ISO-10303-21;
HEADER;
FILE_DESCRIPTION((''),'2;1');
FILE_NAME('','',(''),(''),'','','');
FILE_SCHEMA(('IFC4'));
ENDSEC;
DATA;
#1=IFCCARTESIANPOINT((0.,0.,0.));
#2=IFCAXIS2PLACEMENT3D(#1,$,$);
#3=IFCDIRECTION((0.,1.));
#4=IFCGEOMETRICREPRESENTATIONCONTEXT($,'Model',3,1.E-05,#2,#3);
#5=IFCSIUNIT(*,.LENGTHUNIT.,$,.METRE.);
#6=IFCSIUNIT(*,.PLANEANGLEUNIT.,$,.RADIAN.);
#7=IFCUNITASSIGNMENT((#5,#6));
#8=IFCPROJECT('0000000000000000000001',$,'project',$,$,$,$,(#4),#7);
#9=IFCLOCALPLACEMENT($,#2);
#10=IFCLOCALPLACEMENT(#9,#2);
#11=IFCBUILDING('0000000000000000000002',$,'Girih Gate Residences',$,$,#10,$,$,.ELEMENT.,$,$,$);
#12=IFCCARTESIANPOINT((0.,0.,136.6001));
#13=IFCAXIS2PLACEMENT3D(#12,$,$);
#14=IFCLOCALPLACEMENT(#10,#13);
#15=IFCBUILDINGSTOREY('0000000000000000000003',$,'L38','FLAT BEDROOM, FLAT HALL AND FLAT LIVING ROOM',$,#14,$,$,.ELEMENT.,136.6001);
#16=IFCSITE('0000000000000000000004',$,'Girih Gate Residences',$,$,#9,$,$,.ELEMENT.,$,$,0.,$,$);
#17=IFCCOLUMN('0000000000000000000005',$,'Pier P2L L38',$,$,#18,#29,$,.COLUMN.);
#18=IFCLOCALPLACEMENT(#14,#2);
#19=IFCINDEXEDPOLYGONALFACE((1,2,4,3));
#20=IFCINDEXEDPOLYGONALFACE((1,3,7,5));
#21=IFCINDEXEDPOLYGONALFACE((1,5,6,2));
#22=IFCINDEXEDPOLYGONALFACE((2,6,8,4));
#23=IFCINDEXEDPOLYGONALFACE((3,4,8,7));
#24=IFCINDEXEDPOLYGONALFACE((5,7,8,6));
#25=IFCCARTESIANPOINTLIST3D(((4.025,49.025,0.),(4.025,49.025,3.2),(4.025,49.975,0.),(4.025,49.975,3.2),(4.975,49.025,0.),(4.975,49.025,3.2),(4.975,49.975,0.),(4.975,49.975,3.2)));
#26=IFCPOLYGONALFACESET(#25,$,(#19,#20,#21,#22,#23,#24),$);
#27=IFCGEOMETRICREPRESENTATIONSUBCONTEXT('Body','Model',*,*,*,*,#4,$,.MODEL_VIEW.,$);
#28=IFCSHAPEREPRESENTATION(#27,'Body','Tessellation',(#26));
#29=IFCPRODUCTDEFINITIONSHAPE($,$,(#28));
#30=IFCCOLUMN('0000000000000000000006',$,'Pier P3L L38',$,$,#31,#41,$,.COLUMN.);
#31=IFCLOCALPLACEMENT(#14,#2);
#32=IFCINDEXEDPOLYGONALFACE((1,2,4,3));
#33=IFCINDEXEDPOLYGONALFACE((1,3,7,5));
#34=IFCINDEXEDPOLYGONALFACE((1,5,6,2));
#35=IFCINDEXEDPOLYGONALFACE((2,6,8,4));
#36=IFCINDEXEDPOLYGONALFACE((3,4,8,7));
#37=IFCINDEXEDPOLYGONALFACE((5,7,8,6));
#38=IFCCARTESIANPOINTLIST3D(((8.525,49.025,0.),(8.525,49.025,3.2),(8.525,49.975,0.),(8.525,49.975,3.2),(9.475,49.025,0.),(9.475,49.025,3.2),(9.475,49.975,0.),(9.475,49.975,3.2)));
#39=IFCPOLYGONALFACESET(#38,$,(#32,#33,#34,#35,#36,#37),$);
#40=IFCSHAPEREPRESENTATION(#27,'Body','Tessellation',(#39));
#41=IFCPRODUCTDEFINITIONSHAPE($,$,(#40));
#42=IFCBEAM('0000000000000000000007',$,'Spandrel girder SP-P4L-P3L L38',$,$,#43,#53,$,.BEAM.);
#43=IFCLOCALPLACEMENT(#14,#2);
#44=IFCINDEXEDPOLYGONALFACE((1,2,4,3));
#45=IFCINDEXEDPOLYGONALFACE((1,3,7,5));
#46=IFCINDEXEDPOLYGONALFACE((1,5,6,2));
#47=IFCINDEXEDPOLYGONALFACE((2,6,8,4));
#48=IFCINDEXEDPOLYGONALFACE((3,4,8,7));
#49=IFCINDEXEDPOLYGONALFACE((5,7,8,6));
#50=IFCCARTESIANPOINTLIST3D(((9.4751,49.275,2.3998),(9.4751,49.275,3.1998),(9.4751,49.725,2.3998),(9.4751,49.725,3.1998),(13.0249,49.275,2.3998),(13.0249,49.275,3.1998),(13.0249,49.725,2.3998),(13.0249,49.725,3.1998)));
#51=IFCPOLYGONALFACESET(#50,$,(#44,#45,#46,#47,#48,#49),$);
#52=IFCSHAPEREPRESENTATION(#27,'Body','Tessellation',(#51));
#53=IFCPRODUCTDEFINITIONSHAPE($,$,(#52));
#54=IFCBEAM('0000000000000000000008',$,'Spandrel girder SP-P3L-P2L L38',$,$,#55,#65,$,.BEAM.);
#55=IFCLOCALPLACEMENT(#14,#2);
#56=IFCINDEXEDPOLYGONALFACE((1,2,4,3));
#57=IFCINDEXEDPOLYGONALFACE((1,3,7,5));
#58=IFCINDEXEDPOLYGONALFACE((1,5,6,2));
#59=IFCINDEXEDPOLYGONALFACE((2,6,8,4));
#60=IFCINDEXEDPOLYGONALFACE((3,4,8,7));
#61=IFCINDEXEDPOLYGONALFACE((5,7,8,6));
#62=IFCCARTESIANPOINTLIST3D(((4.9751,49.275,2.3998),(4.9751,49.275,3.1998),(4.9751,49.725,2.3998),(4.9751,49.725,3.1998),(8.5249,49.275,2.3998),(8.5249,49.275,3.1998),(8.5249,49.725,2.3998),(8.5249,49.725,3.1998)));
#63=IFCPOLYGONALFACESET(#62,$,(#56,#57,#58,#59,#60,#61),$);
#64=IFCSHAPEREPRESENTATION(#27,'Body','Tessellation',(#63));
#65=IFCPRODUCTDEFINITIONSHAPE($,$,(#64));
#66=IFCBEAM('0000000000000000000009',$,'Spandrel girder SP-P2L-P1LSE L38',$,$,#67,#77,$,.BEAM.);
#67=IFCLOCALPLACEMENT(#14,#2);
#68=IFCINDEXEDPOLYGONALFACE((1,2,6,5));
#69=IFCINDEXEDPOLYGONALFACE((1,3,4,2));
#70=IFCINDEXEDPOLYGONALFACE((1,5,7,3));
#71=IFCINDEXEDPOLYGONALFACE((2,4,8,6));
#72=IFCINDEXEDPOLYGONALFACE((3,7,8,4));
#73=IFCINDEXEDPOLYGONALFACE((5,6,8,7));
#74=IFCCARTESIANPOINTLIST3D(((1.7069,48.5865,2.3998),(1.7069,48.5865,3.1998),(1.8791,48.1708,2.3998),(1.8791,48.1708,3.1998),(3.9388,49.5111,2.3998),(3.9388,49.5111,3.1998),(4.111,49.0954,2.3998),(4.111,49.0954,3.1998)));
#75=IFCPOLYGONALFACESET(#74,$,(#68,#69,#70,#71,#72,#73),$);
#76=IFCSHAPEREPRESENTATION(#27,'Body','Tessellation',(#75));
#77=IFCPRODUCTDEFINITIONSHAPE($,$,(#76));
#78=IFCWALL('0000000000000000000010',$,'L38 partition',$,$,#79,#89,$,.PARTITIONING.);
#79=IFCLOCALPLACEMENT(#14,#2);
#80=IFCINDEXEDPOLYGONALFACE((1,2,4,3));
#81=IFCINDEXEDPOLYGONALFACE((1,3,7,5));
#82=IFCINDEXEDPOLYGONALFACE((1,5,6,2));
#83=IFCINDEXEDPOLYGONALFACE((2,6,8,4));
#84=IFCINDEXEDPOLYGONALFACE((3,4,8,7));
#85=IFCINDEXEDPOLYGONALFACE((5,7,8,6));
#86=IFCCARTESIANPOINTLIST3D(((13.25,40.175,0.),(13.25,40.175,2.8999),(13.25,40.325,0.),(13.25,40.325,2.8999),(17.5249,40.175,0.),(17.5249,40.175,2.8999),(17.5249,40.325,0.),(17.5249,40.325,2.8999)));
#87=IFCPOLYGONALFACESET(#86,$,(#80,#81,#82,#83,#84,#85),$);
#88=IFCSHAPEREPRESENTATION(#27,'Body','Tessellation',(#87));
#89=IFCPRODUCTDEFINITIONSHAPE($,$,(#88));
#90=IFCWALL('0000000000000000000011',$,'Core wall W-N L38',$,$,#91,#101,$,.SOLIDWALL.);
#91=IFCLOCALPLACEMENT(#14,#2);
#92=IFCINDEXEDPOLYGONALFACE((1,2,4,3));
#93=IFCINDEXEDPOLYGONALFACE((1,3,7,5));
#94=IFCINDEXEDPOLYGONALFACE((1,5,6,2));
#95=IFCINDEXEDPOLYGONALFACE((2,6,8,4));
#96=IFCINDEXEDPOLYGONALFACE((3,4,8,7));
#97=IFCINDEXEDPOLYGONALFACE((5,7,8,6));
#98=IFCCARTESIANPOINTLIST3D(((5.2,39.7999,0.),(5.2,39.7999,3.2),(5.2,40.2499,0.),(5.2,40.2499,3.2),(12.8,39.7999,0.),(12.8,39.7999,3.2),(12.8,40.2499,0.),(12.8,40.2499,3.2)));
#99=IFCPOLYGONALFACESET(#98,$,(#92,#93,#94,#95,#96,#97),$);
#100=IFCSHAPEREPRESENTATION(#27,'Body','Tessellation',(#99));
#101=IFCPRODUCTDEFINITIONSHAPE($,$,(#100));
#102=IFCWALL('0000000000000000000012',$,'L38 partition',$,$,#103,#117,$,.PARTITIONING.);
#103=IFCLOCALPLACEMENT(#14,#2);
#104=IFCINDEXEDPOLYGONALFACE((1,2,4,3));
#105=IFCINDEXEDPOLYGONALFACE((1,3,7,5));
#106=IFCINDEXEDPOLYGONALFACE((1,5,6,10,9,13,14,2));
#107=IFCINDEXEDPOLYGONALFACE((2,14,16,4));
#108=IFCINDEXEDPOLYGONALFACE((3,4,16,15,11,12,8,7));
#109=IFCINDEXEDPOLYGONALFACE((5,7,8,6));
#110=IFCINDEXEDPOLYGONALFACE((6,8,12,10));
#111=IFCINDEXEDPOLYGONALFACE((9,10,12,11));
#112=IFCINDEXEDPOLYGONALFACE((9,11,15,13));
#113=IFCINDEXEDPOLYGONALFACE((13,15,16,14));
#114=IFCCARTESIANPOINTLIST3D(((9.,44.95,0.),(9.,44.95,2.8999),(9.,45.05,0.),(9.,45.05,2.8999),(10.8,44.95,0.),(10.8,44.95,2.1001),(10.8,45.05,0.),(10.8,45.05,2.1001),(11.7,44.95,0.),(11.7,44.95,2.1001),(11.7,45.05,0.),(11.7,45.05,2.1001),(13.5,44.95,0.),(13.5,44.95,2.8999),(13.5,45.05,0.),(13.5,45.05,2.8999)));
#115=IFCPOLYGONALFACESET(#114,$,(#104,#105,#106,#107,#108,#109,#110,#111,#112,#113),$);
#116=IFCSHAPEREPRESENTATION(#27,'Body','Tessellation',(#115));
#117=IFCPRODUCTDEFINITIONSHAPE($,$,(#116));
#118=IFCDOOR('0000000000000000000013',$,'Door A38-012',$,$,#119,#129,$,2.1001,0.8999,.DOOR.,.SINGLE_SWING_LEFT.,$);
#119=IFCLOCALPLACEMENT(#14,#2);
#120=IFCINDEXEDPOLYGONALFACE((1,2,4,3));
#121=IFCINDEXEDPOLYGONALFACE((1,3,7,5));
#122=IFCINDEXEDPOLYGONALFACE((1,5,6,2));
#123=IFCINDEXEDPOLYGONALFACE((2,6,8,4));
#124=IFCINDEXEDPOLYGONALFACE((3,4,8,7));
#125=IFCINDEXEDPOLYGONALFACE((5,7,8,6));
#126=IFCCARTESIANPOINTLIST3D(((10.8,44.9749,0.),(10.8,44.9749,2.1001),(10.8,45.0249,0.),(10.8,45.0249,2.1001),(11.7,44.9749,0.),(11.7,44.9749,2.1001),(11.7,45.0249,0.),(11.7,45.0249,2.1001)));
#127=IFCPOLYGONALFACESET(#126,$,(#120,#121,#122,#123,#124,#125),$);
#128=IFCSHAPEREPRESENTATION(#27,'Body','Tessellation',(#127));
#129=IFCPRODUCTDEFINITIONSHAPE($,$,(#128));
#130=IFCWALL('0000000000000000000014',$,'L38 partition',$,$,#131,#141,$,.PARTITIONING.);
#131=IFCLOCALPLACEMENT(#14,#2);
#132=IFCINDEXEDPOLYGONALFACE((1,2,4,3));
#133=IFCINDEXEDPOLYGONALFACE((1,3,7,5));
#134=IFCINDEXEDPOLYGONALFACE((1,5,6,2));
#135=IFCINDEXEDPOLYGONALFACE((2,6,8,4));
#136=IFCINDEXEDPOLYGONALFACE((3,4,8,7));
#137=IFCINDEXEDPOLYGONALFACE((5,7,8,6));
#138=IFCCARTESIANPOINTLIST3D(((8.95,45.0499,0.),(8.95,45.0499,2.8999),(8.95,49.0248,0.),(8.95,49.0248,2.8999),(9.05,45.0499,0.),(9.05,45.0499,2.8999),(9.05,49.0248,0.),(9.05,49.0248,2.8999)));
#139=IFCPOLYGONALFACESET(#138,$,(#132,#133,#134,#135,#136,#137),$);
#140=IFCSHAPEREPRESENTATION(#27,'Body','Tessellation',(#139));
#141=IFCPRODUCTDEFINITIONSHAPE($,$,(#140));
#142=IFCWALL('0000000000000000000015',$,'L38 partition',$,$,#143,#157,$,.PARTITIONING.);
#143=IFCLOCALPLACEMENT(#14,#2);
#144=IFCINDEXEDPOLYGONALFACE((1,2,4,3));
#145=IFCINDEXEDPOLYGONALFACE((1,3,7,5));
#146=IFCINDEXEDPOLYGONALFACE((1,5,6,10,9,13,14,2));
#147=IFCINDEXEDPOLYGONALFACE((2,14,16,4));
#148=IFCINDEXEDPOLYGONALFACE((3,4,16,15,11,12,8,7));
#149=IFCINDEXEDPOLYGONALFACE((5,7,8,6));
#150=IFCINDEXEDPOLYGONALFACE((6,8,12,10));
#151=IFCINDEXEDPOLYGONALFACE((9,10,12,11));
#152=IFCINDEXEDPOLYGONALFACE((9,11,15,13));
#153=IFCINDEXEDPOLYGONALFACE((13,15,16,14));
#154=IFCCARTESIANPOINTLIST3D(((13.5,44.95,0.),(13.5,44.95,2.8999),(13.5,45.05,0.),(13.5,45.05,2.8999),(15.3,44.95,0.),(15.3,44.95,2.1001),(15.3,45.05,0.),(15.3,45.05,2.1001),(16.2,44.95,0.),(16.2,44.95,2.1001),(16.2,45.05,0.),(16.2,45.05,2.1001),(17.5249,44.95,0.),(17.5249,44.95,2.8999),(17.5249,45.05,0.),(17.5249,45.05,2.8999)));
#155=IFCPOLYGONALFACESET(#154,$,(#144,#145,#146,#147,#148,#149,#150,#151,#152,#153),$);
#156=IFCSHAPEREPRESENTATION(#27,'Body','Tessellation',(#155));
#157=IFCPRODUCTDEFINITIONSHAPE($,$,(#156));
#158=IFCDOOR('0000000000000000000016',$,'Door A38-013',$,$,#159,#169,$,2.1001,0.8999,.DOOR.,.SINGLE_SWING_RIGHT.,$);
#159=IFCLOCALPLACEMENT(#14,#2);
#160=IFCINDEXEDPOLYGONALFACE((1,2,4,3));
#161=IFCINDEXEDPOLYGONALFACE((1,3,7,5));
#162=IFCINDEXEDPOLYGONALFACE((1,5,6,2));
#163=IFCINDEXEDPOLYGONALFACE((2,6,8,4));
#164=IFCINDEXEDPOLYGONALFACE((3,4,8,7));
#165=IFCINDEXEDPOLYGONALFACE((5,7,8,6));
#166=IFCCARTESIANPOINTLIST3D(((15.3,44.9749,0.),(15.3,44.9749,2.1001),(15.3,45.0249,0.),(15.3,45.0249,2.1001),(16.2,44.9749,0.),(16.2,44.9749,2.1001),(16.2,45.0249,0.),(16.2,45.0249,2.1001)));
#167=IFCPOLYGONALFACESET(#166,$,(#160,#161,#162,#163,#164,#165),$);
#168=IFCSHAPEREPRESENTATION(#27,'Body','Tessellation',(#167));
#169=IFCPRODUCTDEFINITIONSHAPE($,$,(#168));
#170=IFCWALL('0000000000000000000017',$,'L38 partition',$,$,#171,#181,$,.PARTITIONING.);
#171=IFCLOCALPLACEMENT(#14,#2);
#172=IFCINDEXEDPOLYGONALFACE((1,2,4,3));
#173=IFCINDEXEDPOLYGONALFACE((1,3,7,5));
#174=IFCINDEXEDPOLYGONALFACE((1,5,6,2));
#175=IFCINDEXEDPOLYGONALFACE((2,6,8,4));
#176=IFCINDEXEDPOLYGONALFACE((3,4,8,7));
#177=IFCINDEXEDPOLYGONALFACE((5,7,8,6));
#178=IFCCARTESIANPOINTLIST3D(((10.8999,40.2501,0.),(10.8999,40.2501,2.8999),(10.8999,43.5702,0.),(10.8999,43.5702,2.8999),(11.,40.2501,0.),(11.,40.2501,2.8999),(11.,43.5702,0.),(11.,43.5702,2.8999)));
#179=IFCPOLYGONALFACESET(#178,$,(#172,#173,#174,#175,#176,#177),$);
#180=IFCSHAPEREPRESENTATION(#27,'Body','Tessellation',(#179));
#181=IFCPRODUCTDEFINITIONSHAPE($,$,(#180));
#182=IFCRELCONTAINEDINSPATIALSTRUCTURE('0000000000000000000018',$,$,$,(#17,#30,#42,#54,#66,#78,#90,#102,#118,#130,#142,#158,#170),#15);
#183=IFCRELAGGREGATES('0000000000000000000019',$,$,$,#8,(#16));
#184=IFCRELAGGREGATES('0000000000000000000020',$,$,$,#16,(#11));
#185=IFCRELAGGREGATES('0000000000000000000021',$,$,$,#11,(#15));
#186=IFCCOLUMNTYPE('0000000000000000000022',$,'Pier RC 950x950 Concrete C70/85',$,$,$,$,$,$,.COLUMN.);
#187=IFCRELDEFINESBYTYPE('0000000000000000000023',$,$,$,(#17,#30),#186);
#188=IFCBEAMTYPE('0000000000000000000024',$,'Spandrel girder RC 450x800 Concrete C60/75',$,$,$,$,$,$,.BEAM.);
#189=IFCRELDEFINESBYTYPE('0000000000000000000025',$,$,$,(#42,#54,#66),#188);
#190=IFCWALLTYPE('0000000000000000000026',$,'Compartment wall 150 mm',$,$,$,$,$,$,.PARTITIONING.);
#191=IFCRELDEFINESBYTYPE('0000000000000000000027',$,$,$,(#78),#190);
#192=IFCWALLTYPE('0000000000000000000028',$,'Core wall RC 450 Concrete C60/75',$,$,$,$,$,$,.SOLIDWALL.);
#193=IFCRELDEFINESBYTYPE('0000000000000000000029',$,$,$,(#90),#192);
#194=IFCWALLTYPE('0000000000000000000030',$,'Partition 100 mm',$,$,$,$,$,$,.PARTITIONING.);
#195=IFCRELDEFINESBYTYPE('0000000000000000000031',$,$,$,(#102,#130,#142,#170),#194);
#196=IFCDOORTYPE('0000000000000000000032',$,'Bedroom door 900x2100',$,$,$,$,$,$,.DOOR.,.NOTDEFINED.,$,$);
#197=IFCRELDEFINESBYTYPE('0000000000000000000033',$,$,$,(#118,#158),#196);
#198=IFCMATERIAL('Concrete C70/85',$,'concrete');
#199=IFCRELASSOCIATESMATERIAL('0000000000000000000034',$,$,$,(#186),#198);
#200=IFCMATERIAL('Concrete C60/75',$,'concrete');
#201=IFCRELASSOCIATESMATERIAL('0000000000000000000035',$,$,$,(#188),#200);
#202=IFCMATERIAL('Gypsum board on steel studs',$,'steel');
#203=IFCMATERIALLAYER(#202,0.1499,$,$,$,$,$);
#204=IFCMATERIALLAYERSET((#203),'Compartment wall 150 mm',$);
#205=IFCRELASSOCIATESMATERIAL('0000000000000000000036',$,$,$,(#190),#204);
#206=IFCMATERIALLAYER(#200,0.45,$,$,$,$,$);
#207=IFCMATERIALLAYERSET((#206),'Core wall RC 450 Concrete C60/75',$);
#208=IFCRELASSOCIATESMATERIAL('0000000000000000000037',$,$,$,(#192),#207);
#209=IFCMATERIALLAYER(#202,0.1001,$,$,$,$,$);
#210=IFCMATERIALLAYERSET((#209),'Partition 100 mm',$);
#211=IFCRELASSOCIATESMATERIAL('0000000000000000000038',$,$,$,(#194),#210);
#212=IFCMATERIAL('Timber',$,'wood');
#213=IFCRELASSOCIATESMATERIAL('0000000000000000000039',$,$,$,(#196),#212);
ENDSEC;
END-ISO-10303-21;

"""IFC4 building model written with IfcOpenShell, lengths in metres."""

from ifc_helpers import new_model, si_unit, direction, frame, frame_2d, origin, origin_2d, place, context, subcontext, project, spatial, rectangle, extrude, material, layer, layer_set, material_profile, profile_set, type_object, element, fill, save


model = new_model("IFC4")

# Units and contexts
model_context = context("Model", 3, precision=1e-05, world=origin(), true_north=direction((0.0, 1.0)))
body_context = subcontext(model_context, "Body", "Model", "MODEL_VIEW")
ifc_project = project(units=[si_unit("LENGTHUNIT", "METRE"), si_unit("PLANEANGLEUNIT", "RADIAN")], contexts=[model_context])

# Site, building, storey
site_placement = place(None, origin())
site = spatial("IfcSite", under=ifc_project, at=site_placement, Name="Girih Gate Residences", CompositionType="ELEMENT", RefElevation=0.0)
building_placement = place(site_placement, origin())
building = spatial("IfcBuilding", under=site, at=building_placement, Name="Girih Gate Residences", CompositionType="ELEMENT")
storey_placement = place(building_placement, frame((0.0, 0.0, 136.6001)))
storey = spatial("IfcBuildingStorey", under=building, at=storey_placement, Name="L38", Description="FLAT BEDROOM, FLAT HALL AND FLAT LIVING ROOM", CompositionType="ELEMENT", Elevation=136.6001)

# Columns
ifc_material_1 = material(Name="Concrete C70/85", Category="concrete")
ifc_material_profile_1 = material_profile(ifc_material_1, rectangle(XDim=0.95, YDim=0.95, at=origin_2d()))
ifc_profile_set_1 = profile_set([ifc_material_profile_1], Name="Concrete C70/85")
column_type = type_object("IfcColumnType", Name="Pier RC 950x950 Concrete C70/85", PredefinedType="COLUMN", material=ifc_profile_set_1)
for number, where, z_axis, x_axis, name in (
    (1, (4.5, 49.5, 0.0), (0.0, 0.0, 1.0), (1.0, 0.0, 0.0), "Pier P2L L38"),
    (2, (9.0, 49.5, 0.0), (0.0, 0.0, 1.0), (1.0, 0.0, 0.0), "Pier P3L L38"),
):
    element("IfcColumn", number, at=place(storey_placement, frame(where, z_axis=z_axis, x_axis=x_axis)), inside=storey, type_object=column_type, Name=name, PredefinedType="COLUMN", context=body_context, shape_type="SweptSolid", body=[
        extrude(rectangle(XDim=0.95, YDim=0.95, at=origin_2d()), origin(), (0.0, 0.0, 1.0), 3.2),
    ])

# Beams
ifc_material_2 = material(Name="Concrete C60/75", Category="concrete")
ifc_material_profile_2 = material_profile(ifc_material_2, rectangle(XDim=0.45, YDim=0.8, at=origin_2d()))
ifc_profile_set_2 = profile_set([ifc_material_profile_2], Name="Concrete C60/75")
beam_type = type_object("IfcBeamType", Name="Spandrel girder RC 450x800 Concrete C60/75", PredefinedType="BEAM", material=ifc_profile_set_2)
for number, where, z_axis, x_axis, name in (
    (3, (13.0249, 49.5, 2.7998), (-1.0, 0.0, 0.0), (0.0, -1.0, 0.0), "Spandrel girder SP-P4L-P3L L38"),
    (4, (8.5249, 49.5, 2.7998), (-1.0, 0.0, 0.0), (0.0, -1.0, 0.0), "Spandrel girder SP-P3L-P2L L38"),
):
    element("IfcBeam", number, at=place(storey_placement, frame(where, z_axis=z_axis, x_axis=x_axis)), inside=storey, type_object=beam_type, Name=name, PredefinedType="BEAM", context=body_context, shape_type="SweptSolid", body=[
        extrude(rectangle(XDim=0.45, YDim=0.8, at=origin_2d()), origin(), (0.0, 0.0, 1.0), 3.5498),
    ])
beam_placement = place(storey_placement, frame((4.0249, 49.3032, 2.7998), z_axis=(-0.92387, -0.382706, 0.0), x_axis=(0.382706, -0.92387, 0.0)))
element("IfcBeam", 5, at=beam_placement, inside=storey, type_object=beam_type, Name="Spandrel girder SP-P2L-P1LSE L38", PredefinedType="BEAM", context=body_context, shape_type="SweptSolid", body=[
    extrude(rectangle(XDim=0.45, YDim=0.8, at=origin_2d()), origin(), (0.0, 0.0, 1.0), 2.4158),
])

# Walls
ifc_material_3 = material(Name="Gypsum board on steel studs", Category="steel")
ifc_layer_1 = layer(ifc_material_3, 0.1499)
ifc_layer_set_1 = layer_set([ifc_layer_1], Name="Compartment wall 150 mm")
wall_type_1 = type_object("IfcWallType", Name="Compartment wall 150 mm", PredefinedType="PARTITIONING", material=ifc_layer_set_1)
wall_1_placement = place(storey_placement, frame((13.25, 40.25, 0.0), z_axis=(0.0, 0.0, 1.0), x_axis=(1.0, 0.0, 0.0)))
element("IfcWall", 6, at=wall_1_placement, inside=storey, type_object=wall_type_1, Name="L38 partition", PredefinedType="PARTITIONING", context=body_context, shape_type="SweptSolid", body=[
    extrude(rectangle(XDim=4.2749, YDim=0.1499, at=frame_2d((2.1375, 0.0))), origin(), (0.0, 0.0, 1.0), 2.8999),
])
ifc_layer_2 = layer(ifc_material_2, 0.45)
ifc_layer_set_2 = layer_set([ifc_layer_2], Name="Core wall RC 450 Concrete C60/75")
wall_type_2 = type_object("IfcWallType", Name="Core wall RC 450 Concrete C60/75", PredefinedType="SOLIDWALL", material=ifc_layer_set_2)
wall_2_placement = place(storey_placement, frame((5.2, 40.0249, 0.0), z_axis=(0.0, 0.0, 1.0), x_axis=(1.0, 0.0, 0.0)))
element("IfcWall", 7, at=wall_2_placement, inside=storey, type_object=wall_type_2, Name="Core wall W-N L38", PredefinedType="SOLIDWALL", context=body_context, shape_type="SweptSolid", body=[
    extrude(rectangle(XDim=7.6001, YDim=0.45, at=frame_2d((3.8, 0.0))), origin(), (0.0, 0.0, 1.0), 3.2),
])

# Wall, opening, door
ifc_layer_3 = layer(ifc_material_3, 0.1001)
ifc_layer_set_3 = layer_set([ifc_layer_3], Name="Partition 100 mm")
wall_type_3 = type_object("IfcWallType", Name="Partition 100 mm", PredefinedType="PARTITIONING", material=ifc_layer_set_3)
wall_3_placement = place(storey_placement, frame((9.0, 45.0, 0.0), z_axis=(0.0, 0.0, 1.0), x_axis=(1.0, 0.0, 0.0)))
wall_3 = element("IfcWall", 8, at=wall_3_placement, inside=storey, type_object=wall_type_3, Name="L38 partition", PredefinedType="PARTITIONING", context=body_context, shape_type="SweptSolid", body=[
    extrude(rectangle(XDim=4.5, YDim=0.1001, at=frame_2d((2.25, 0.0))), origin(), (0.0, 0.0, 1.0), 2.8999),
])
opening_1_placement = place(wall_3_placement, frame((1.8, 0.0, 0.0)))
opening_1 = element("IfcOpeningElement", 9, at=opening_1_placement, cuts=wall_3, PredefinedType="OPENING", context=body_context, shape_type="SweptSolid", body=[
    extrude(rectangle(XDim=0.8999, YDim=2.1001, at=frame_2d((0.45, 1.05))), frame((0.0, 0.0601, 0.0), z_axis=(0.0, -1.0, 0.0), x_axis=(1.0, 0.0, 0.0)), (0.0, 0.0, 1.0), 0.1201),
])
ifc_material_4 = material(Name="Timber", Category="wood")
door_type = type_object("IfcDoorType", Name="Bedroom door 900x2100", OperationType="NOTDEFINED", PredefinedType="DOOR", material=ifc_material_4)
door_1_placement = place(opening_1_placement, origin())
door_1 = element("IfcDoor", 10, at=door_1_placement, inside=storey, type_object=door_type, Name="Door A38-012", OperationType="SINGLE_SWING_LEFT", OverallHeight=2.1001, OverallWidth=0.8999, PredefinedType="DOOR", context=body_context, shape_type="SweptSolid", body=[
    extrude(rectangle(XDim=0.8999, YDim=2.1001, at=frame_2d((0.45, 1.05))), frame((0.0, 0.0249, 0.0), z_axis=(0.0, -1.0, 0.0), x_axis=(1.0, 0.0, 0.0)), (0.0, 0.0, 1.0), 0.05),
])
fill(opening_1, door_1)

# Wall
wall_4_placement = place(storey_placement, frame((9.0, 45.05, 0.0), z_axis=(0.0, 0.0, 1.0), x_axis=(0.0, 1.0, 0.0)))
element("IfcWall", 11, at=wall_4_placement, inside=storey, type_object=wall_type_3, Name="L38 partition", PredefinedType="PARTITIONING", context=body_context, shape_type="SweptSolid", body=[
    extrude(rectangle(XDim=3.9749, YDim=0.1001, at=frame_2d((1.9873, 0.0))), origin(), (0.0, 0.0, 1.0), 2.8999),
])

# Wall, opening, door
wall_5_placement = place(storey_placement, frame((13.5, 45.0, 0.0), z_axis=(0.0, 0.0, 1.0), x_axis=(1.0, 0.0, 0.0)))
wall_5 = element("IfcWall", 12, at=wall_5_placement, inside=storey, type_object=wall_type_3, Name="L38 partition", PredefinedType="PARTITIONING", context=body_context, shape_type="SweptSolid", body=[
    extrude(rectangle(XDim=4.0249, YDim=0.1001, at=frame_2d((2.0125, 0.0))), origin(), (0.0, 0.0, 1.0), 2.8999),
])
opening_2_placement = place(wall_5_placement, frame((1.8, 0.0, 0.0)))
opening_2 = element("IfcOpeningElement", 13, at=opening_2_placement, cuts=wall_5, PredefinedType="OPENING", context=body_context, shape_type="SweptSolid", body=[
    extrude(rectangle(XDim=0.8999, YDim=2.1001, at=frame_2d((0.45, 1.05))), frame((0.0, 0.0601, 0.0), z_axis=(0.0, -1.0, 0.0), x_axis=(1.0, 0.0, 0.0)), (0.0, 0.0, 1.0), 0.1201),
])
door_2_placement = place(opening_2_placement, origin())
door_2 = element("IfcDoor", 14, at=door_2_placement, inside=storey, type_object=door_type, Name="Door A38-013", OperationType="SINGLE_SWING_RIGHT", OverallHeight=2.1001, OverallWidth=0.8999, PredefinedType="DOOR", context=body_context, shape_type="SweptSolid", body=[
    extrude(rectangle(XDim=0.8999, YDim=2.1001, at=frame_2d((0.45, 1.05))), frame((0.0, 0.0249, 0.0), z_axis=(0.0, -1.0, 0.0), x_axis=(1.0, 0.0, 0.0)), (0.0, 0.0, 1.0), 0.05),
])
fill(opening_2, door_2)

# Wall
wall_6_placement = place(storey_placement, frame((10.95, 40.25, 0.0), z_axis=(0.0, 0.0, 1.0), x_axis=(0.0, 1.0, 0.0)))
element("IfcWall", 15, at=wall_6_placement, inside=storey, type_object=wall_type_3, Name="L38 partition", PredefinedType="PARTITIONING", context=body_context, shape_type="SweptSolid", body=[
    extrude(rectangle(XDim=3.3201, YDim=0.1001, at=frame_2d((1.6602, 0.0))), origin(), (0.0, 0.0, 1.0), 2.8999),
])

save(model, "model.ifc")
